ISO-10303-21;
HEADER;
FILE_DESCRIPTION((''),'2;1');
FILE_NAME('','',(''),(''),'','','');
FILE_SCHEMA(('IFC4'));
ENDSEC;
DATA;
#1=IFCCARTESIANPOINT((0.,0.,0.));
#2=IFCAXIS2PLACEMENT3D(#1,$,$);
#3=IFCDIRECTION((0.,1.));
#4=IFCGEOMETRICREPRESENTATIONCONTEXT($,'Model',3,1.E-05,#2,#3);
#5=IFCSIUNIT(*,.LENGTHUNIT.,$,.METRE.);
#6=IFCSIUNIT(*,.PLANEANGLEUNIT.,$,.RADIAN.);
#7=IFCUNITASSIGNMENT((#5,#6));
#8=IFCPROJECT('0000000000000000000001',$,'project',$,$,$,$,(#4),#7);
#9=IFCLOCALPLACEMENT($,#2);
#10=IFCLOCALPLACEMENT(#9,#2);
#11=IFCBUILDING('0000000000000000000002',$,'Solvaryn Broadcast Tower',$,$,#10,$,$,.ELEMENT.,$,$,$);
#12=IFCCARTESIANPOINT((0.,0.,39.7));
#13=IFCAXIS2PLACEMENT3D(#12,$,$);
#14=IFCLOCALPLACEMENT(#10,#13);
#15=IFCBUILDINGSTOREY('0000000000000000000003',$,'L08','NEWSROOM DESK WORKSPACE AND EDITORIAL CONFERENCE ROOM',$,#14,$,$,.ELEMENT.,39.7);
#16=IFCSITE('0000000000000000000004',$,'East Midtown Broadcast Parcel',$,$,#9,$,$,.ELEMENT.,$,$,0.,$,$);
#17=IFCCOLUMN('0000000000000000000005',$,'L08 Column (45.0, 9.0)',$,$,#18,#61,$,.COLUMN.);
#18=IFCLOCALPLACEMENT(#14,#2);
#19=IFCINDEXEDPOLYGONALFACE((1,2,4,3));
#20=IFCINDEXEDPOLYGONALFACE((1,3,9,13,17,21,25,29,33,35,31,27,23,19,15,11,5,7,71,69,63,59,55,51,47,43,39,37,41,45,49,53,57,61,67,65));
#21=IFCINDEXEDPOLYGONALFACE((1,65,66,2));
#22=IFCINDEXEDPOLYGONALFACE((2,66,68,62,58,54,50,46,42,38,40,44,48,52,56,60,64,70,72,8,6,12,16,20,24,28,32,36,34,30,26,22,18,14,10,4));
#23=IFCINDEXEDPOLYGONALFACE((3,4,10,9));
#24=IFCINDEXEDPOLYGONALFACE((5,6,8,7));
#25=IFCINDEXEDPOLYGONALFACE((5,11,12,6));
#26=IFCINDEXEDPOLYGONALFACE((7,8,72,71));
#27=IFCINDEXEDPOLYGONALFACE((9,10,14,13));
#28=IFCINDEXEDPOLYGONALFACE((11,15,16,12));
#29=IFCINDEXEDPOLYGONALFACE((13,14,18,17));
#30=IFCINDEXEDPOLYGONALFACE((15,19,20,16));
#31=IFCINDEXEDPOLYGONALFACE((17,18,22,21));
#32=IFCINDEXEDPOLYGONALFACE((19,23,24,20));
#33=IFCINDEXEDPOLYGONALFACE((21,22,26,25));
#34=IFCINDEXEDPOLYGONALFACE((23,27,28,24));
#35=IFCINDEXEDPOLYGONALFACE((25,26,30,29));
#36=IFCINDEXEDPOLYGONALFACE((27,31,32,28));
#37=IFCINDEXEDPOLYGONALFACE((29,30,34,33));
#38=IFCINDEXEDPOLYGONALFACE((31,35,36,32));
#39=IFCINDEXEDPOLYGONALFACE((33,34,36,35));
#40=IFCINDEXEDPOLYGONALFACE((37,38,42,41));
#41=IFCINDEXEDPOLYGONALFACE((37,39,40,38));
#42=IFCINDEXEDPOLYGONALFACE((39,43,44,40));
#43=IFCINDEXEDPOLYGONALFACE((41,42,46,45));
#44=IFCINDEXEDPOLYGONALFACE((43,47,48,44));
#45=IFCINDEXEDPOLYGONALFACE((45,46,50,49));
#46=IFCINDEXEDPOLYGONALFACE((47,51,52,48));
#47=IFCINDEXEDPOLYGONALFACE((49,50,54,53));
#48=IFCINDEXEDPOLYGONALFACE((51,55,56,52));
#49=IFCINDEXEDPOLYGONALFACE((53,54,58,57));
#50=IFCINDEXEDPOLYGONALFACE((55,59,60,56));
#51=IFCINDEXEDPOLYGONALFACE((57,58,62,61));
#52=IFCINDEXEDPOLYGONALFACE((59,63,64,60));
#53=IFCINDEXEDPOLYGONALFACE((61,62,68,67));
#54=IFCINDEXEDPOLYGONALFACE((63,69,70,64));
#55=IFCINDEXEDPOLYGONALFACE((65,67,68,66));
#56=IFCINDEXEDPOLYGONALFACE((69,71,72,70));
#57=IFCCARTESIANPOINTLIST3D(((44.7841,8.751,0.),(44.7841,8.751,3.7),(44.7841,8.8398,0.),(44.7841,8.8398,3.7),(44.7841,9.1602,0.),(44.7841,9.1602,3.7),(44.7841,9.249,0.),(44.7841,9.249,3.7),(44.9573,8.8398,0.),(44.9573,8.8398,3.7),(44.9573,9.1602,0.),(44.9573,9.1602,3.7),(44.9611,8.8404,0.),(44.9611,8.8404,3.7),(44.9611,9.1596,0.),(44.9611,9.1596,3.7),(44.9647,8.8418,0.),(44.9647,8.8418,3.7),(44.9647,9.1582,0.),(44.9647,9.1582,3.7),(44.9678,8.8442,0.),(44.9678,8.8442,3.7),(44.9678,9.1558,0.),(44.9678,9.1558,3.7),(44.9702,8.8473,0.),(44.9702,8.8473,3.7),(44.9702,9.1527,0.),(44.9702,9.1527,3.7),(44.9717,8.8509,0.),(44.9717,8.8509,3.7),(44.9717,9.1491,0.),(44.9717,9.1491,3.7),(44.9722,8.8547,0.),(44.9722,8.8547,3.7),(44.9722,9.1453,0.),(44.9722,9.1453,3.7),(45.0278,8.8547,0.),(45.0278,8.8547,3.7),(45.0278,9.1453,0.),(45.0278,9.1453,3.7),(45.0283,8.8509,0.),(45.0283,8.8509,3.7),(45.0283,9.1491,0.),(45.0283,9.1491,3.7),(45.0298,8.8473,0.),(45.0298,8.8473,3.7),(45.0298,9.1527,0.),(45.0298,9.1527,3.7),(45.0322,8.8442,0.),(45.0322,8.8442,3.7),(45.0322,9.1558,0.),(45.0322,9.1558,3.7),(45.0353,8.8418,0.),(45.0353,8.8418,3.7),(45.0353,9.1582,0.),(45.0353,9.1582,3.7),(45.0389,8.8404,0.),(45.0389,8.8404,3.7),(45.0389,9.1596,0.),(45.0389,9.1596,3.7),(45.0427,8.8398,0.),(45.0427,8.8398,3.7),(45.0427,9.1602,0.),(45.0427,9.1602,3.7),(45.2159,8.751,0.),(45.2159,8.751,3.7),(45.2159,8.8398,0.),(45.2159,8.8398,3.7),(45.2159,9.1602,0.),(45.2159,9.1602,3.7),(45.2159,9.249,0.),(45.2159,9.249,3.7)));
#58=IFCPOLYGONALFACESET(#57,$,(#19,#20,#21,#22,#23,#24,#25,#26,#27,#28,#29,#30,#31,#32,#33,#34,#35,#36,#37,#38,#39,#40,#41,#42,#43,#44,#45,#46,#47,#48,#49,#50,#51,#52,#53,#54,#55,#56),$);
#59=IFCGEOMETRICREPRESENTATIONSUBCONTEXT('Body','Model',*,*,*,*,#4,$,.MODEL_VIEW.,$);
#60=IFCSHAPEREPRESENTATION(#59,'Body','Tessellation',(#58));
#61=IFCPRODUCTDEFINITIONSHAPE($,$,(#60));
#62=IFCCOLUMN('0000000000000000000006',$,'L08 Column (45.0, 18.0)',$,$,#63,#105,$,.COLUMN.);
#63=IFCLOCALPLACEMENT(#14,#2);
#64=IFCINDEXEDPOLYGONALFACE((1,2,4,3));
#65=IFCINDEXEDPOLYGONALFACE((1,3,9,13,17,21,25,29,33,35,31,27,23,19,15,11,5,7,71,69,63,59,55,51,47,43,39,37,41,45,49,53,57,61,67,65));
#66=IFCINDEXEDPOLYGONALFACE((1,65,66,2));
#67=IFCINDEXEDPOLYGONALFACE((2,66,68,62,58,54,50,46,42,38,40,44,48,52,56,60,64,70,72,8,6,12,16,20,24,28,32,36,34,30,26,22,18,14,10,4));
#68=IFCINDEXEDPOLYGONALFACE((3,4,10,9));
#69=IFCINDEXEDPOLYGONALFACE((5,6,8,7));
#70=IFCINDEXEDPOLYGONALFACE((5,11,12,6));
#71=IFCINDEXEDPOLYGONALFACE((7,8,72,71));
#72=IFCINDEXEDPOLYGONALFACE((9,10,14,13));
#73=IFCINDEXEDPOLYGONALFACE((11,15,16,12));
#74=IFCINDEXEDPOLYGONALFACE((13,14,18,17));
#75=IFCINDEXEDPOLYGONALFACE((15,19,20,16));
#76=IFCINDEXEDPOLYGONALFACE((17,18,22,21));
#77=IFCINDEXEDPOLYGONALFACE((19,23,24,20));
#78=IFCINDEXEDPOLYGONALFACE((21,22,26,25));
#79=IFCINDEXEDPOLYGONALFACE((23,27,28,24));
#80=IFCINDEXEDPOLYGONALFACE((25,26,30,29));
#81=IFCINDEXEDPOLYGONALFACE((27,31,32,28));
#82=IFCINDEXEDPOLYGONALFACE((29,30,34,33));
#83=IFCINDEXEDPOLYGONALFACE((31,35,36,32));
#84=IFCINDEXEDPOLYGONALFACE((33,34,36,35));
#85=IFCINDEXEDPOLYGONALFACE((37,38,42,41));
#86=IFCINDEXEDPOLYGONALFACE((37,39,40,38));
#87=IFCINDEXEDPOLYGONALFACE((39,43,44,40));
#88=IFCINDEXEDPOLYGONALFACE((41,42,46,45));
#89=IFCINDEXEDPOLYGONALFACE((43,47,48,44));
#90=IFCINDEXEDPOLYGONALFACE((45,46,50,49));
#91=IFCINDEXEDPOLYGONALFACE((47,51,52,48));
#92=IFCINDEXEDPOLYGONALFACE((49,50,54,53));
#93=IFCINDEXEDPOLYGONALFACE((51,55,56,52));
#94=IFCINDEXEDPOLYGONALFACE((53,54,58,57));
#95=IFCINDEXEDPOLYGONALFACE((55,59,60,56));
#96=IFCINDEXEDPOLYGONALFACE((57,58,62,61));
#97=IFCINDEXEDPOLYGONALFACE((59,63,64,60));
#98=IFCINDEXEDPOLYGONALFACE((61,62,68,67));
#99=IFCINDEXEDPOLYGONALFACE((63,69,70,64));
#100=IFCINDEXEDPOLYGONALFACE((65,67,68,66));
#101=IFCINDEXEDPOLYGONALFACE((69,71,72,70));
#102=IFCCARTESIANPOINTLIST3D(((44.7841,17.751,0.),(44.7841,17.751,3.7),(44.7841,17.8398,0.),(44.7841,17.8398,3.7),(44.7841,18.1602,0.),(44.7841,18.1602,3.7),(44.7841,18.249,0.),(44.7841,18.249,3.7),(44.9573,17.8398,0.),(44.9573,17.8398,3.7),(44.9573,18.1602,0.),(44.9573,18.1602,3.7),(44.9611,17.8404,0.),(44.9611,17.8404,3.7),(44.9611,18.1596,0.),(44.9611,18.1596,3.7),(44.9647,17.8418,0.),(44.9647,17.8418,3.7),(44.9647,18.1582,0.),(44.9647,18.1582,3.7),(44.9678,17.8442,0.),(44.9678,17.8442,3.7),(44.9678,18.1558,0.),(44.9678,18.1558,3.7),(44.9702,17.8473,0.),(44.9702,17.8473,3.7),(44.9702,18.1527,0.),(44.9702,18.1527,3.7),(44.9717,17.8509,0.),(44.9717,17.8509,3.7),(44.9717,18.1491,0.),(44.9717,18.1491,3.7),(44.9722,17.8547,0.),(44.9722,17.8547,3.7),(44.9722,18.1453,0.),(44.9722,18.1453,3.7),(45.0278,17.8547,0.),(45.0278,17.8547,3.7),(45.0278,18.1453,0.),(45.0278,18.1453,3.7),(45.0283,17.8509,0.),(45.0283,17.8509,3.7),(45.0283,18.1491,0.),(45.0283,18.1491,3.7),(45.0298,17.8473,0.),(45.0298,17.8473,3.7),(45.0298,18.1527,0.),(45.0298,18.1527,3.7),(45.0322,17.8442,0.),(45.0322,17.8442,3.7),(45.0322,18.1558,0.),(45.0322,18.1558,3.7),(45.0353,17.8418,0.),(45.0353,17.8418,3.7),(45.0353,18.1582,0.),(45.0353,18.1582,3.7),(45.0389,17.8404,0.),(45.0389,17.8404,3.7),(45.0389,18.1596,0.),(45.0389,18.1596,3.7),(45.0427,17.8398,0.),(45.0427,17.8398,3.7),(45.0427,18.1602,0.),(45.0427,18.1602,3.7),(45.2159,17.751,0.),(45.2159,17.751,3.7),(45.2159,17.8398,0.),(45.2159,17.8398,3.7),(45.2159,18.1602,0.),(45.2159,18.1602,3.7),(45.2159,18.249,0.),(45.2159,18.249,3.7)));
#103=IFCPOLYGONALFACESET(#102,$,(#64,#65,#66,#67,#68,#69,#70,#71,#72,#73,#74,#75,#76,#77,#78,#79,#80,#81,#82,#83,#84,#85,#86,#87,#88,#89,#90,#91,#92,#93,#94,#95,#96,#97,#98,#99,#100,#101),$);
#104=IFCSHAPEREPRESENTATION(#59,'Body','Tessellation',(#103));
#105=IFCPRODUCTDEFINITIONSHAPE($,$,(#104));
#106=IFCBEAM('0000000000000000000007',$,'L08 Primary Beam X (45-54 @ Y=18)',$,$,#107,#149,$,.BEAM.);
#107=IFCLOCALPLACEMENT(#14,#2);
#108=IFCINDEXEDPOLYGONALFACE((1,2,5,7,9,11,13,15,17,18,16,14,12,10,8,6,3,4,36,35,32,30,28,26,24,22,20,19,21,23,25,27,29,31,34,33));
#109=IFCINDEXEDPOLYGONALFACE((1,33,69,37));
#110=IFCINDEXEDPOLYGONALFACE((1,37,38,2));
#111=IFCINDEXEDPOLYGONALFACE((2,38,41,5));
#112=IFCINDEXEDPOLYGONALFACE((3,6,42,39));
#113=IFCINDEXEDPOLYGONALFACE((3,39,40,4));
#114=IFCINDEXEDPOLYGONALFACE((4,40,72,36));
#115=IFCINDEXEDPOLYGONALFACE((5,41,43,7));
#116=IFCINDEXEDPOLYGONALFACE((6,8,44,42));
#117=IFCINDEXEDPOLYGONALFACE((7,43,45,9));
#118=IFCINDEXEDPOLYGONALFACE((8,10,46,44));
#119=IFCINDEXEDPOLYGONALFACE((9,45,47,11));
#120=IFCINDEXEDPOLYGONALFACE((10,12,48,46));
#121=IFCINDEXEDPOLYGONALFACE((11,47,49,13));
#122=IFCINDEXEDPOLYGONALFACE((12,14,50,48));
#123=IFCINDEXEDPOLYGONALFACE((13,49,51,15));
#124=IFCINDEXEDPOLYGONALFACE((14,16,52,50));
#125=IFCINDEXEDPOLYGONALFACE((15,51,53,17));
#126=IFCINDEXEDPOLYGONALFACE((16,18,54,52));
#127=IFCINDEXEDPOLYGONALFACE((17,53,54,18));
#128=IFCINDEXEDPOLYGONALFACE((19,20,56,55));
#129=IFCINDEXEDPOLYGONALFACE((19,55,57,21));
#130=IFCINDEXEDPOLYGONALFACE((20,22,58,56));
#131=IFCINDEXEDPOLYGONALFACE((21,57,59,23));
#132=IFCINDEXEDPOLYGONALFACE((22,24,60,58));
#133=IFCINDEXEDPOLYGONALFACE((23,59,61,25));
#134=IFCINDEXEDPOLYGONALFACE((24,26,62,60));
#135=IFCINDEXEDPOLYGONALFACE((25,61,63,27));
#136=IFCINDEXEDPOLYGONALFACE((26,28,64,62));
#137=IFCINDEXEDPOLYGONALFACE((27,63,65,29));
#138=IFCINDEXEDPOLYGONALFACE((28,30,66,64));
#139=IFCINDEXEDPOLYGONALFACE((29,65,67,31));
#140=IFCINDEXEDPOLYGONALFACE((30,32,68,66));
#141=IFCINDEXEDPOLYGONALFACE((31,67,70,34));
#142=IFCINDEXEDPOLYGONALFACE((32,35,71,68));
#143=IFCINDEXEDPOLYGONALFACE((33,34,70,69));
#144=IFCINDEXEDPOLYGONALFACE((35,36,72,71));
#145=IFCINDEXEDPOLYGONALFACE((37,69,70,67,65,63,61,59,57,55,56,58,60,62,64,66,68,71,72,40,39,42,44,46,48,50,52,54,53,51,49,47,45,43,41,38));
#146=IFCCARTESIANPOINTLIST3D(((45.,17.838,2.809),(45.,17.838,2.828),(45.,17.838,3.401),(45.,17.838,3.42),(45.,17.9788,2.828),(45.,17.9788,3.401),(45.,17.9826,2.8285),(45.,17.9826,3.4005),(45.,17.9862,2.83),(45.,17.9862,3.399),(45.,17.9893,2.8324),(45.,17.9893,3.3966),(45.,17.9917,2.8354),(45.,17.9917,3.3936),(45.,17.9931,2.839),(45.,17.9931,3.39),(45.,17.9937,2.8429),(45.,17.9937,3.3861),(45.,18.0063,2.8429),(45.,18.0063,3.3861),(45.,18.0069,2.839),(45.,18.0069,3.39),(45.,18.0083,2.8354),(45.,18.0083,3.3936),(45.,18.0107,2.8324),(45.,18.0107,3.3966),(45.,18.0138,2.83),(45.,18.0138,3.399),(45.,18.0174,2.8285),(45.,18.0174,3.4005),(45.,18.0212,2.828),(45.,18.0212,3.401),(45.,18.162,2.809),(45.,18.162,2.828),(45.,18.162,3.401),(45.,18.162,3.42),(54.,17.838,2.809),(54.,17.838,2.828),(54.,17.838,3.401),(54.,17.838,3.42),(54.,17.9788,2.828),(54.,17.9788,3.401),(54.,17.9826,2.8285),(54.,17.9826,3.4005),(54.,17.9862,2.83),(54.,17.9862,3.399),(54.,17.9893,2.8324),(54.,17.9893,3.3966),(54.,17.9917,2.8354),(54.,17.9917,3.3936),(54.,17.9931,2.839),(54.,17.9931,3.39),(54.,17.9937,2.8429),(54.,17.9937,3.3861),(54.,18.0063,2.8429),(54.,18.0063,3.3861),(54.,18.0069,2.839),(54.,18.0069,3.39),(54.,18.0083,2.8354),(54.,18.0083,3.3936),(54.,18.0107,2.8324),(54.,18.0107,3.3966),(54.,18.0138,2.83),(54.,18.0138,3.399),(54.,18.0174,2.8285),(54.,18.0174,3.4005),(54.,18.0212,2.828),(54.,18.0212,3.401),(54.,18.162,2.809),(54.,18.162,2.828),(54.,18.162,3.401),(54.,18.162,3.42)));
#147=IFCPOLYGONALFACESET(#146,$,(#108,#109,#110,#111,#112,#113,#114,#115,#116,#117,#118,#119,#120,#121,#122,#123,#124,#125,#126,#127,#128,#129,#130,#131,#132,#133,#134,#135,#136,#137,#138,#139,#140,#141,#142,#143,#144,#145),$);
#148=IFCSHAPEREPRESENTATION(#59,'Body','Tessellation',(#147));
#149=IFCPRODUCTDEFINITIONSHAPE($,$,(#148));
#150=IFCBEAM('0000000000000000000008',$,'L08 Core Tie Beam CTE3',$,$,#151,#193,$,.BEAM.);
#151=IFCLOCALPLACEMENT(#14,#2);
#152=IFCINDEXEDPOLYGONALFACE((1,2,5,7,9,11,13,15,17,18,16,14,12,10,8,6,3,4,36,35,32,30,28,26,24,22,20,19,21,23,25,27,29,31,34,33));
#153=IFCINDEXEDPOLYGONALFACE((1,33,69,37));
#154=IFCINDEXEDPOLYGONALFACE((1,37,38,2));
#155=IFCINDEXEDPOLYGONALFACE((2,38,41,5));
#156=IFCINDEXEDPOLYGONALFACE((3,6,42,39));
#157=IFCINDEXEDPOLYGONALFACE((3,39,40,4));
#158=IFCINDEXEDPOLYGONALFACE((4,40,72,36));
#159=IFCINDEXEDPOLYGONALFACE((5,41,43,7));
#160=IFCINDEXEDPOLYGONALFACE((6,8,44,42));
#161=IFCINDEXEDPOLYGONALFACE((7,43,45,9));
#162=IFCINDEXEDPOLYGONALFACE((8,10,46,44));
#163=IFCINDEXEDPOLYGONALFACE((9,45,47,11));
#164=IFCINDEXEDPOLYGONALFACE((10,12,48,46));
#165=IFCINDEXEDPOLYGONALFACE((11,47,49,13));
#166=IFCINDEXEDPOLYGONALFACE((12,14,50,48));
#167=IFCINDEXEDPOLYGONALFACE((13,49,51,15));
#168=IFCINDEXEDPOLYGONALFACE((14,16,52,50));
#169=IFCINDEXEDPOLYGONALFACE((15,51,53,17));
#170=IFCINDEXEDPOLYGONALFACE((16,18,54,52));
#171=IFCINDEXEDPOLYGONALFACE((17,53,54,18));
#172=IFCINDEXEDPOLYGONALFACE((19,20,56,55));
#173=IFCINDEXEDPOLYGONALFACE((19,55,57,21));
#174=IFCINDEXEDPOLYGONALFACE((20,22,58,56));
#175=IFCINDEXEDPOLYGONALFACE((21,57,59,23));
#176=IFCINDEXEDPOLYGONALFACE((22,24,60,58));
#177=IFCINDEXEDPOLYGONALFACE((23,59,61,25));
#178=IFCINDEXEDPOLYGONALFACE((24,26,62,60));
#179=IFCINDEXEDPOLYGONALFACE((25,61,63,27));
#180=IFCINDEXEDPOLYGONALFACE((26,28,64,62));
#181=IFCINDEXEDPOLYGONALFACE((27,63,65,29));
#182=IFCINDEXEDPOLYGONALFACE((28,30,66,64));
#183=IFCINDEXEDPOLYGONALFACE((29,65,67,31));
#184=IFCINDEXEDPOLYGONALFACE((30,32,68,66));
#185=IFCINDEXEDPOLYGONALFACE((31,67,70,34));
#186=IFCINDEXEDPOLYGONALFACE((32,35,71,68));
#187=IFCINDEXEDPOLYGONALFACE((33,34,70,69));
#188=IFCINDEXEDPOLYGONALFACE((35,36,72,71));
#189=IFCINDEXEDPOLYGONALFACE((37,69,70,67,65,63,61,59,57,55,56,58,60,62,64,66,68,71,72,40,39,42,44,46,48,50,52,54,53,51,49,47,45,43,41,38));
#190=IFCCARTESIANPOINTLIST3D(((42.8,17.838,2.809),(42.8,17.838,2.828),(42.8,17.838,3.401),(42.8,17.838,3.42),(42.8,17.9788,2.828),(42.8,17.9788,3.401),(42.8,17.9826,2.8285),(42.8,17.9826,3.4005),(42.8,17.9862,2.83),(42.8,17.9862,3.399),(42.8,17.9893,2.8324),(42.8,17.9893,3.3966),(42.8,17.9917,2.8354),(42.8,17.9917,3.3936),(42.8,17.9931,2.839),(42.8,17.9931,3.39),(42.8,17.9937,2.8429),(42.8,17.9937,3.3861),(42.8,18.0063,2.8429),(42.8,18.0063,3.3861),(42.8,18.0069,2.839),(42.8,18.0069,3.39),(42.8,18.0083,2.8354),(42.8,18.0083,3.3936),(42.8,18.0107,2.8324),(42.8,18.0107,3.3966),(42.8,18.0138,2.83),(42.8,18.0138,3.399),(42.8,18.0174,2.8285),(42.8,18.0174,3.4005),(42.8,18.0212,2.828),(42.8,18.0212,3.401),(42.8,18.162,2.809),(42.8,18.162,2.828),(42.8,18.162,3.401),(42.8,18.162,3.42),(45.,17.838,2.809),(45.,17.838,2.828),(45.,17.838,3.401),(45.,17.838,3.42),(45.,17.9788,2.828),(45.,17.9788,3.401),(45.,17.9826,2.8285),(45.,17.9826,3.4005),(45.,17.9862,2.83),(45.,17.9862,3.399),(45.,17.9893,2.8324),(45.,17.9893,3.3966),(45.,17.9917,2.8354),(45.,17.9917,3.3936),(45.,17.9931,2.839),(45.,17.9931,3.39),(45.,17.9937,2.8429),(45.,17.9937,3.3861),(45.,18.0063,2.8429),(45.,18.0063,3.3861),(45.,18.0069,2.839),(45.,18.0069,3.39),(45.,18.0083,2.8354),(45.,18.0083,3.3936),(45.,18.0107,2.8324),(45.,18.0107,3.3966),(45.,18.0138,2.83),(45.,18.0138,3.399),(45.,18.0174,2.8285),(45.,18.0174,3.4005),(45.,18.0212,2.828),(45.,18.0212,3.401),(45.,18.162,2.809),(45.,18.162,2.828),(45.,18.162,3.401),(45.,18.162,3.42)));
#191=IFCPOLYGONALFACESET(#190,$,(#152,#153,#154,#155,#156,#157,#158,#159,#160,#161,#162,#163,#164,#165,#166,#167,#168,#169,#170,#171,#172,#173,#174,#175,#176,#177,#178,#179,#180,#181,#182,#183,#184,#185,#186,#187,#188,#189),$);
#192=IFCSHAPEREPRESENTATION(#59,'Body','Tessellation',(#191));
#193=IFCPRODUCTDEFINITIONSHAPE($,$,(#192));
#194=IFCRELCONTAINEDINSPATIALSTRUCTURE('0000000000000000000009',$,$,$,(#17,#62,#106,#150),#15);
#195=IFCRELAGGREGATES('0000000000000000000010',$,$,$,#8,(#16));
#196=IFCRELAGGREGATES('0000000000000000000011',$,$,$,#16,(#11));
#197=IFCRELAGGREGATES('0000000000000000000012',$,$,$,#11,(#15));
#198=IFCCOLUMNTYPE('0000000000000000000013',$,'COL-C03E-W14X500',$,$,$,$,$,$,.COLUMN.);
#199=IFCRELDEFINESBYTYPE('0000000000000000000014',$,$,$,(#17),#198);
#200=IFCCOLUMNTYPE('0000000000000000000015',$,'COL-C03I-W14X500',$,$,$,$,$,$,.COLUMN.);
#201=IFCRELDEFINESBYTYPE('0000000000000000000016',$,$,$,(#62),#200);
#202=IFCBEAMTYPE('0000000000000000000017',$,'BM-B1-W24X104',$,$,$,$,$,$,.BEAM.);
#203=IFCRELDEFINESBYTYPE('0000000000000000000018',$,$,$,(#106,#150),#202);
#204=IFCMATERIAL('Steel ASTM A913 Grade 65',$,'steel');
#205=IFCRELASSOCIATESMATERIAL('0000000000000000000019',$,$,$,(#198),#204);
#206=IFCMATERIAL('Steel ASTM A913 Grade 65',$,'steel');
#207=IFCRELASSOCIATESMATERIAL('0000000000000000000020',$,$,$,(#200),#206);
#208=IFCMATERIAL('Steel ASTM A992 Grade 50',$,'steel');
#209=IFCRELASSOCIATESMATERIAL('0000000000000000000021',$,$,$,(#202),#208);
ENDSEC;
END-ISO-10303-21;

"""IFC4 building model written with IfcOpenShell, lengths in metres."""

from ifc_helpers import new_model, si_unit, direction, frame, origin, origin_2d, place, context, subcontext, project, spatial, i_section, extrude, material, material_profile, profile_set, type_object, element, save


model = new_model("IFC4")

# Units and contexts
model_context = context("Model", 3, precision=1e-05, world=origin(), true_north=direction((0.0, 1.0)))
body_context = subcontext(model_context, "Body", "Model", "MODEL_VIEW")
ifc_project = project(units=[si_unit("LENGTHUNIT", "METRE"), si_unit("PLANEANGLEUNIT", "RADIAN")], contexts=[model_context])

# Site, building, storey
site_placement = place(None, origin())
site = spatial("IfcSite", under=ifc_project, at=site_placement, Name="East Midtown Broadcast Parcel", CompositionType="ELEMENT", RefElevation=0.0)
building_placement = place(site_placement, origin())
building = spatial("IfcBuilding", under=site, at=building_placement, Name="Solvaryn Broadcast Tower", CompositionType="ELEMENT")
storey_placement = place(building_placement, frame((0.0, 0.0, 39.7)))
storey = spatial("IfcBuildingStorey", under=building, at=storey_placement, Name="L08", Description="NEWSROOM DESK WORKSPACE AND EDITORIAL CONFERENCE ROOM", CompositionType="ELEMENT", Elevation=39.7)

# Columns
ifc_material_1 = material(Name="Steel ASTM A913 Grade 65", Category="steel")
ifc_material_profile_1 = material_profile(ifc_material_1, i_section(OverallWidth=0.4319, OverallDepth=0.498, WebThickness=0.0557, FlangeThickness=0.0889, FilletRadius=0.0149, at=origin_2d()))
ifc_profile_set_1 = profile_set([ifc_material_profile_1], Name="Steel ASTM A913 Grade 65")
column_type_1 = type_object("IfcColumnType", Name="COL-C03E-W14X500", PredefinedType="COLUMN", material=ifc_profile_set_1)
column_1_placement = place(storey_placement, frame((45.0, 9.0, 0.0), z_axis=(0.0, 0.0, 1.0), x_axis=(1.0, 0.0, 0.0)))
element("IfcColumn", 1, at=column_1_placement, inside=storey, type_object=column_type_1, Name="L08 Column (45.0, 9.0)", PredefinedType="COLUMN", context=body_context, shape_type="SweptSolid", body=[
    extrude(i_section(OverallWidth=0.4319, OverallDepth=0.498, WebThickness=0.0557, FlangeThickness=0.0889, FilletRadius=0.0149, at=origin_2d()), origin(), (0.0, 0.0, 1.0), 3.7),
])
ifc_material_2 = material(Name="Steel ASTM A913 Grade 65", Category="steel")
ifc_material_profile_2 = material_profile(ifc_material_2, i_section(OverallWidth=0.4319, OverallDepth=0.498, WebThickness=0.0557, FlangeThickness=0.0889, FilletRadius=0.0149, at=origin_2d()))
ifc_profile_set_2 = profile_set([ifc_material_profile_2], Name="Steel ASTM A913 Grade 65")
column_type_2 = type_object("IfcColumnType", Name="COL-C03I-W14X500", PredefinedType="COLUMN", material=ifc_profile_set_2)
column_2_placement = place(storey_placement, frame((45.0, 18.0, 0.0), z_axis=(0.0, 0.0, 1.0), x_axis=(1.0, 0.0, 0.0)))
element("IfcColumn", 2, at=column_2_placement, inside=storey, type_object=column_type_2, Name="L08 Column (45.0, 18.0)", PredefinedType="COLUMN", context=body_context, shape_type="SweptSolid", body=[
    extrude(i_section(OverallWidth=0.4319, OverallDepth=0.498, WebThickness=0.0557, FlangeThickness=0.0889, FilletRadius=0.0149, at=origin_2d()), origin(), (0.0, 0.0, 1.0), 3.7),
])

# Beams
ifc_material_3 = material(Name="Steel ASTM A992 Grade 50", Category="steel")
ifc_material_profile_3 = material_profile(ifc_material_3, i_section(OverallWidth=0.324, OverallDepth=0.6111, WebThickness=0.0127, FlangeThickness=0.019, FilletRadius=0.0149, at=origin_2d()))
ifc_profile_set_3 = profile_set([ifc_material_profile_3], Name="Steel ASTM A992 Grade 50")
beam_type_1 = type_object("IfcBeamType", Name="BM-B1-W24X104", PredefinedType="BEAM", material=ifc_profile_set_3)
beam_1_placement = place(storey_placement, frame((45.0, 18.0, 3.1145), z_axis=(1.0, 0.0, 0.0), x_axis=(0.0, 1.0, 0.0)))
element("IfcBeam", 3, at=beam_1_placement, inside=storey, type_object=beam_type_1, Name="L08 Primary Beam X (45-54 @ Y=18)", PredefinedType="BEAM", context=body_context, shape_type="SweptSolid", body=[
    extrude(i_section(OverallWidth=0.324, OverallDepth=0.6111, WebThickness=0.0127, FlangeThickness=0.019, FilletRadius=0.0149, at=origin_2d()), origin(), (0.0, 0.0, 1.0), 9.0),
])
beam_2_placement = place(storey_placement, frame((42.8, 18.0, 3.1145), z_axis=(1.0, 0.0, 0.0), x_axis=(0.0, 1.0, 0.0)))
element("IfcBeam", 4, at=beam_2_placement, inside=storey, type_object=beam_type_1, Name="L08 Core Tie Beam CTE3", PredefinedType="BEAM", context=body_context, shape_type="SweptSolid", body=[
    extrude(i_section(OverallWidth=0.324, OverallDepth=0.6111, WebThickness=0.0127, FlangeThickness=0.019, FilletRadius=0.0149, at=origin_2d()), origin(), (0.0, 0.0, 1.0), 2.2),
])

save(model, "model.ifc")
